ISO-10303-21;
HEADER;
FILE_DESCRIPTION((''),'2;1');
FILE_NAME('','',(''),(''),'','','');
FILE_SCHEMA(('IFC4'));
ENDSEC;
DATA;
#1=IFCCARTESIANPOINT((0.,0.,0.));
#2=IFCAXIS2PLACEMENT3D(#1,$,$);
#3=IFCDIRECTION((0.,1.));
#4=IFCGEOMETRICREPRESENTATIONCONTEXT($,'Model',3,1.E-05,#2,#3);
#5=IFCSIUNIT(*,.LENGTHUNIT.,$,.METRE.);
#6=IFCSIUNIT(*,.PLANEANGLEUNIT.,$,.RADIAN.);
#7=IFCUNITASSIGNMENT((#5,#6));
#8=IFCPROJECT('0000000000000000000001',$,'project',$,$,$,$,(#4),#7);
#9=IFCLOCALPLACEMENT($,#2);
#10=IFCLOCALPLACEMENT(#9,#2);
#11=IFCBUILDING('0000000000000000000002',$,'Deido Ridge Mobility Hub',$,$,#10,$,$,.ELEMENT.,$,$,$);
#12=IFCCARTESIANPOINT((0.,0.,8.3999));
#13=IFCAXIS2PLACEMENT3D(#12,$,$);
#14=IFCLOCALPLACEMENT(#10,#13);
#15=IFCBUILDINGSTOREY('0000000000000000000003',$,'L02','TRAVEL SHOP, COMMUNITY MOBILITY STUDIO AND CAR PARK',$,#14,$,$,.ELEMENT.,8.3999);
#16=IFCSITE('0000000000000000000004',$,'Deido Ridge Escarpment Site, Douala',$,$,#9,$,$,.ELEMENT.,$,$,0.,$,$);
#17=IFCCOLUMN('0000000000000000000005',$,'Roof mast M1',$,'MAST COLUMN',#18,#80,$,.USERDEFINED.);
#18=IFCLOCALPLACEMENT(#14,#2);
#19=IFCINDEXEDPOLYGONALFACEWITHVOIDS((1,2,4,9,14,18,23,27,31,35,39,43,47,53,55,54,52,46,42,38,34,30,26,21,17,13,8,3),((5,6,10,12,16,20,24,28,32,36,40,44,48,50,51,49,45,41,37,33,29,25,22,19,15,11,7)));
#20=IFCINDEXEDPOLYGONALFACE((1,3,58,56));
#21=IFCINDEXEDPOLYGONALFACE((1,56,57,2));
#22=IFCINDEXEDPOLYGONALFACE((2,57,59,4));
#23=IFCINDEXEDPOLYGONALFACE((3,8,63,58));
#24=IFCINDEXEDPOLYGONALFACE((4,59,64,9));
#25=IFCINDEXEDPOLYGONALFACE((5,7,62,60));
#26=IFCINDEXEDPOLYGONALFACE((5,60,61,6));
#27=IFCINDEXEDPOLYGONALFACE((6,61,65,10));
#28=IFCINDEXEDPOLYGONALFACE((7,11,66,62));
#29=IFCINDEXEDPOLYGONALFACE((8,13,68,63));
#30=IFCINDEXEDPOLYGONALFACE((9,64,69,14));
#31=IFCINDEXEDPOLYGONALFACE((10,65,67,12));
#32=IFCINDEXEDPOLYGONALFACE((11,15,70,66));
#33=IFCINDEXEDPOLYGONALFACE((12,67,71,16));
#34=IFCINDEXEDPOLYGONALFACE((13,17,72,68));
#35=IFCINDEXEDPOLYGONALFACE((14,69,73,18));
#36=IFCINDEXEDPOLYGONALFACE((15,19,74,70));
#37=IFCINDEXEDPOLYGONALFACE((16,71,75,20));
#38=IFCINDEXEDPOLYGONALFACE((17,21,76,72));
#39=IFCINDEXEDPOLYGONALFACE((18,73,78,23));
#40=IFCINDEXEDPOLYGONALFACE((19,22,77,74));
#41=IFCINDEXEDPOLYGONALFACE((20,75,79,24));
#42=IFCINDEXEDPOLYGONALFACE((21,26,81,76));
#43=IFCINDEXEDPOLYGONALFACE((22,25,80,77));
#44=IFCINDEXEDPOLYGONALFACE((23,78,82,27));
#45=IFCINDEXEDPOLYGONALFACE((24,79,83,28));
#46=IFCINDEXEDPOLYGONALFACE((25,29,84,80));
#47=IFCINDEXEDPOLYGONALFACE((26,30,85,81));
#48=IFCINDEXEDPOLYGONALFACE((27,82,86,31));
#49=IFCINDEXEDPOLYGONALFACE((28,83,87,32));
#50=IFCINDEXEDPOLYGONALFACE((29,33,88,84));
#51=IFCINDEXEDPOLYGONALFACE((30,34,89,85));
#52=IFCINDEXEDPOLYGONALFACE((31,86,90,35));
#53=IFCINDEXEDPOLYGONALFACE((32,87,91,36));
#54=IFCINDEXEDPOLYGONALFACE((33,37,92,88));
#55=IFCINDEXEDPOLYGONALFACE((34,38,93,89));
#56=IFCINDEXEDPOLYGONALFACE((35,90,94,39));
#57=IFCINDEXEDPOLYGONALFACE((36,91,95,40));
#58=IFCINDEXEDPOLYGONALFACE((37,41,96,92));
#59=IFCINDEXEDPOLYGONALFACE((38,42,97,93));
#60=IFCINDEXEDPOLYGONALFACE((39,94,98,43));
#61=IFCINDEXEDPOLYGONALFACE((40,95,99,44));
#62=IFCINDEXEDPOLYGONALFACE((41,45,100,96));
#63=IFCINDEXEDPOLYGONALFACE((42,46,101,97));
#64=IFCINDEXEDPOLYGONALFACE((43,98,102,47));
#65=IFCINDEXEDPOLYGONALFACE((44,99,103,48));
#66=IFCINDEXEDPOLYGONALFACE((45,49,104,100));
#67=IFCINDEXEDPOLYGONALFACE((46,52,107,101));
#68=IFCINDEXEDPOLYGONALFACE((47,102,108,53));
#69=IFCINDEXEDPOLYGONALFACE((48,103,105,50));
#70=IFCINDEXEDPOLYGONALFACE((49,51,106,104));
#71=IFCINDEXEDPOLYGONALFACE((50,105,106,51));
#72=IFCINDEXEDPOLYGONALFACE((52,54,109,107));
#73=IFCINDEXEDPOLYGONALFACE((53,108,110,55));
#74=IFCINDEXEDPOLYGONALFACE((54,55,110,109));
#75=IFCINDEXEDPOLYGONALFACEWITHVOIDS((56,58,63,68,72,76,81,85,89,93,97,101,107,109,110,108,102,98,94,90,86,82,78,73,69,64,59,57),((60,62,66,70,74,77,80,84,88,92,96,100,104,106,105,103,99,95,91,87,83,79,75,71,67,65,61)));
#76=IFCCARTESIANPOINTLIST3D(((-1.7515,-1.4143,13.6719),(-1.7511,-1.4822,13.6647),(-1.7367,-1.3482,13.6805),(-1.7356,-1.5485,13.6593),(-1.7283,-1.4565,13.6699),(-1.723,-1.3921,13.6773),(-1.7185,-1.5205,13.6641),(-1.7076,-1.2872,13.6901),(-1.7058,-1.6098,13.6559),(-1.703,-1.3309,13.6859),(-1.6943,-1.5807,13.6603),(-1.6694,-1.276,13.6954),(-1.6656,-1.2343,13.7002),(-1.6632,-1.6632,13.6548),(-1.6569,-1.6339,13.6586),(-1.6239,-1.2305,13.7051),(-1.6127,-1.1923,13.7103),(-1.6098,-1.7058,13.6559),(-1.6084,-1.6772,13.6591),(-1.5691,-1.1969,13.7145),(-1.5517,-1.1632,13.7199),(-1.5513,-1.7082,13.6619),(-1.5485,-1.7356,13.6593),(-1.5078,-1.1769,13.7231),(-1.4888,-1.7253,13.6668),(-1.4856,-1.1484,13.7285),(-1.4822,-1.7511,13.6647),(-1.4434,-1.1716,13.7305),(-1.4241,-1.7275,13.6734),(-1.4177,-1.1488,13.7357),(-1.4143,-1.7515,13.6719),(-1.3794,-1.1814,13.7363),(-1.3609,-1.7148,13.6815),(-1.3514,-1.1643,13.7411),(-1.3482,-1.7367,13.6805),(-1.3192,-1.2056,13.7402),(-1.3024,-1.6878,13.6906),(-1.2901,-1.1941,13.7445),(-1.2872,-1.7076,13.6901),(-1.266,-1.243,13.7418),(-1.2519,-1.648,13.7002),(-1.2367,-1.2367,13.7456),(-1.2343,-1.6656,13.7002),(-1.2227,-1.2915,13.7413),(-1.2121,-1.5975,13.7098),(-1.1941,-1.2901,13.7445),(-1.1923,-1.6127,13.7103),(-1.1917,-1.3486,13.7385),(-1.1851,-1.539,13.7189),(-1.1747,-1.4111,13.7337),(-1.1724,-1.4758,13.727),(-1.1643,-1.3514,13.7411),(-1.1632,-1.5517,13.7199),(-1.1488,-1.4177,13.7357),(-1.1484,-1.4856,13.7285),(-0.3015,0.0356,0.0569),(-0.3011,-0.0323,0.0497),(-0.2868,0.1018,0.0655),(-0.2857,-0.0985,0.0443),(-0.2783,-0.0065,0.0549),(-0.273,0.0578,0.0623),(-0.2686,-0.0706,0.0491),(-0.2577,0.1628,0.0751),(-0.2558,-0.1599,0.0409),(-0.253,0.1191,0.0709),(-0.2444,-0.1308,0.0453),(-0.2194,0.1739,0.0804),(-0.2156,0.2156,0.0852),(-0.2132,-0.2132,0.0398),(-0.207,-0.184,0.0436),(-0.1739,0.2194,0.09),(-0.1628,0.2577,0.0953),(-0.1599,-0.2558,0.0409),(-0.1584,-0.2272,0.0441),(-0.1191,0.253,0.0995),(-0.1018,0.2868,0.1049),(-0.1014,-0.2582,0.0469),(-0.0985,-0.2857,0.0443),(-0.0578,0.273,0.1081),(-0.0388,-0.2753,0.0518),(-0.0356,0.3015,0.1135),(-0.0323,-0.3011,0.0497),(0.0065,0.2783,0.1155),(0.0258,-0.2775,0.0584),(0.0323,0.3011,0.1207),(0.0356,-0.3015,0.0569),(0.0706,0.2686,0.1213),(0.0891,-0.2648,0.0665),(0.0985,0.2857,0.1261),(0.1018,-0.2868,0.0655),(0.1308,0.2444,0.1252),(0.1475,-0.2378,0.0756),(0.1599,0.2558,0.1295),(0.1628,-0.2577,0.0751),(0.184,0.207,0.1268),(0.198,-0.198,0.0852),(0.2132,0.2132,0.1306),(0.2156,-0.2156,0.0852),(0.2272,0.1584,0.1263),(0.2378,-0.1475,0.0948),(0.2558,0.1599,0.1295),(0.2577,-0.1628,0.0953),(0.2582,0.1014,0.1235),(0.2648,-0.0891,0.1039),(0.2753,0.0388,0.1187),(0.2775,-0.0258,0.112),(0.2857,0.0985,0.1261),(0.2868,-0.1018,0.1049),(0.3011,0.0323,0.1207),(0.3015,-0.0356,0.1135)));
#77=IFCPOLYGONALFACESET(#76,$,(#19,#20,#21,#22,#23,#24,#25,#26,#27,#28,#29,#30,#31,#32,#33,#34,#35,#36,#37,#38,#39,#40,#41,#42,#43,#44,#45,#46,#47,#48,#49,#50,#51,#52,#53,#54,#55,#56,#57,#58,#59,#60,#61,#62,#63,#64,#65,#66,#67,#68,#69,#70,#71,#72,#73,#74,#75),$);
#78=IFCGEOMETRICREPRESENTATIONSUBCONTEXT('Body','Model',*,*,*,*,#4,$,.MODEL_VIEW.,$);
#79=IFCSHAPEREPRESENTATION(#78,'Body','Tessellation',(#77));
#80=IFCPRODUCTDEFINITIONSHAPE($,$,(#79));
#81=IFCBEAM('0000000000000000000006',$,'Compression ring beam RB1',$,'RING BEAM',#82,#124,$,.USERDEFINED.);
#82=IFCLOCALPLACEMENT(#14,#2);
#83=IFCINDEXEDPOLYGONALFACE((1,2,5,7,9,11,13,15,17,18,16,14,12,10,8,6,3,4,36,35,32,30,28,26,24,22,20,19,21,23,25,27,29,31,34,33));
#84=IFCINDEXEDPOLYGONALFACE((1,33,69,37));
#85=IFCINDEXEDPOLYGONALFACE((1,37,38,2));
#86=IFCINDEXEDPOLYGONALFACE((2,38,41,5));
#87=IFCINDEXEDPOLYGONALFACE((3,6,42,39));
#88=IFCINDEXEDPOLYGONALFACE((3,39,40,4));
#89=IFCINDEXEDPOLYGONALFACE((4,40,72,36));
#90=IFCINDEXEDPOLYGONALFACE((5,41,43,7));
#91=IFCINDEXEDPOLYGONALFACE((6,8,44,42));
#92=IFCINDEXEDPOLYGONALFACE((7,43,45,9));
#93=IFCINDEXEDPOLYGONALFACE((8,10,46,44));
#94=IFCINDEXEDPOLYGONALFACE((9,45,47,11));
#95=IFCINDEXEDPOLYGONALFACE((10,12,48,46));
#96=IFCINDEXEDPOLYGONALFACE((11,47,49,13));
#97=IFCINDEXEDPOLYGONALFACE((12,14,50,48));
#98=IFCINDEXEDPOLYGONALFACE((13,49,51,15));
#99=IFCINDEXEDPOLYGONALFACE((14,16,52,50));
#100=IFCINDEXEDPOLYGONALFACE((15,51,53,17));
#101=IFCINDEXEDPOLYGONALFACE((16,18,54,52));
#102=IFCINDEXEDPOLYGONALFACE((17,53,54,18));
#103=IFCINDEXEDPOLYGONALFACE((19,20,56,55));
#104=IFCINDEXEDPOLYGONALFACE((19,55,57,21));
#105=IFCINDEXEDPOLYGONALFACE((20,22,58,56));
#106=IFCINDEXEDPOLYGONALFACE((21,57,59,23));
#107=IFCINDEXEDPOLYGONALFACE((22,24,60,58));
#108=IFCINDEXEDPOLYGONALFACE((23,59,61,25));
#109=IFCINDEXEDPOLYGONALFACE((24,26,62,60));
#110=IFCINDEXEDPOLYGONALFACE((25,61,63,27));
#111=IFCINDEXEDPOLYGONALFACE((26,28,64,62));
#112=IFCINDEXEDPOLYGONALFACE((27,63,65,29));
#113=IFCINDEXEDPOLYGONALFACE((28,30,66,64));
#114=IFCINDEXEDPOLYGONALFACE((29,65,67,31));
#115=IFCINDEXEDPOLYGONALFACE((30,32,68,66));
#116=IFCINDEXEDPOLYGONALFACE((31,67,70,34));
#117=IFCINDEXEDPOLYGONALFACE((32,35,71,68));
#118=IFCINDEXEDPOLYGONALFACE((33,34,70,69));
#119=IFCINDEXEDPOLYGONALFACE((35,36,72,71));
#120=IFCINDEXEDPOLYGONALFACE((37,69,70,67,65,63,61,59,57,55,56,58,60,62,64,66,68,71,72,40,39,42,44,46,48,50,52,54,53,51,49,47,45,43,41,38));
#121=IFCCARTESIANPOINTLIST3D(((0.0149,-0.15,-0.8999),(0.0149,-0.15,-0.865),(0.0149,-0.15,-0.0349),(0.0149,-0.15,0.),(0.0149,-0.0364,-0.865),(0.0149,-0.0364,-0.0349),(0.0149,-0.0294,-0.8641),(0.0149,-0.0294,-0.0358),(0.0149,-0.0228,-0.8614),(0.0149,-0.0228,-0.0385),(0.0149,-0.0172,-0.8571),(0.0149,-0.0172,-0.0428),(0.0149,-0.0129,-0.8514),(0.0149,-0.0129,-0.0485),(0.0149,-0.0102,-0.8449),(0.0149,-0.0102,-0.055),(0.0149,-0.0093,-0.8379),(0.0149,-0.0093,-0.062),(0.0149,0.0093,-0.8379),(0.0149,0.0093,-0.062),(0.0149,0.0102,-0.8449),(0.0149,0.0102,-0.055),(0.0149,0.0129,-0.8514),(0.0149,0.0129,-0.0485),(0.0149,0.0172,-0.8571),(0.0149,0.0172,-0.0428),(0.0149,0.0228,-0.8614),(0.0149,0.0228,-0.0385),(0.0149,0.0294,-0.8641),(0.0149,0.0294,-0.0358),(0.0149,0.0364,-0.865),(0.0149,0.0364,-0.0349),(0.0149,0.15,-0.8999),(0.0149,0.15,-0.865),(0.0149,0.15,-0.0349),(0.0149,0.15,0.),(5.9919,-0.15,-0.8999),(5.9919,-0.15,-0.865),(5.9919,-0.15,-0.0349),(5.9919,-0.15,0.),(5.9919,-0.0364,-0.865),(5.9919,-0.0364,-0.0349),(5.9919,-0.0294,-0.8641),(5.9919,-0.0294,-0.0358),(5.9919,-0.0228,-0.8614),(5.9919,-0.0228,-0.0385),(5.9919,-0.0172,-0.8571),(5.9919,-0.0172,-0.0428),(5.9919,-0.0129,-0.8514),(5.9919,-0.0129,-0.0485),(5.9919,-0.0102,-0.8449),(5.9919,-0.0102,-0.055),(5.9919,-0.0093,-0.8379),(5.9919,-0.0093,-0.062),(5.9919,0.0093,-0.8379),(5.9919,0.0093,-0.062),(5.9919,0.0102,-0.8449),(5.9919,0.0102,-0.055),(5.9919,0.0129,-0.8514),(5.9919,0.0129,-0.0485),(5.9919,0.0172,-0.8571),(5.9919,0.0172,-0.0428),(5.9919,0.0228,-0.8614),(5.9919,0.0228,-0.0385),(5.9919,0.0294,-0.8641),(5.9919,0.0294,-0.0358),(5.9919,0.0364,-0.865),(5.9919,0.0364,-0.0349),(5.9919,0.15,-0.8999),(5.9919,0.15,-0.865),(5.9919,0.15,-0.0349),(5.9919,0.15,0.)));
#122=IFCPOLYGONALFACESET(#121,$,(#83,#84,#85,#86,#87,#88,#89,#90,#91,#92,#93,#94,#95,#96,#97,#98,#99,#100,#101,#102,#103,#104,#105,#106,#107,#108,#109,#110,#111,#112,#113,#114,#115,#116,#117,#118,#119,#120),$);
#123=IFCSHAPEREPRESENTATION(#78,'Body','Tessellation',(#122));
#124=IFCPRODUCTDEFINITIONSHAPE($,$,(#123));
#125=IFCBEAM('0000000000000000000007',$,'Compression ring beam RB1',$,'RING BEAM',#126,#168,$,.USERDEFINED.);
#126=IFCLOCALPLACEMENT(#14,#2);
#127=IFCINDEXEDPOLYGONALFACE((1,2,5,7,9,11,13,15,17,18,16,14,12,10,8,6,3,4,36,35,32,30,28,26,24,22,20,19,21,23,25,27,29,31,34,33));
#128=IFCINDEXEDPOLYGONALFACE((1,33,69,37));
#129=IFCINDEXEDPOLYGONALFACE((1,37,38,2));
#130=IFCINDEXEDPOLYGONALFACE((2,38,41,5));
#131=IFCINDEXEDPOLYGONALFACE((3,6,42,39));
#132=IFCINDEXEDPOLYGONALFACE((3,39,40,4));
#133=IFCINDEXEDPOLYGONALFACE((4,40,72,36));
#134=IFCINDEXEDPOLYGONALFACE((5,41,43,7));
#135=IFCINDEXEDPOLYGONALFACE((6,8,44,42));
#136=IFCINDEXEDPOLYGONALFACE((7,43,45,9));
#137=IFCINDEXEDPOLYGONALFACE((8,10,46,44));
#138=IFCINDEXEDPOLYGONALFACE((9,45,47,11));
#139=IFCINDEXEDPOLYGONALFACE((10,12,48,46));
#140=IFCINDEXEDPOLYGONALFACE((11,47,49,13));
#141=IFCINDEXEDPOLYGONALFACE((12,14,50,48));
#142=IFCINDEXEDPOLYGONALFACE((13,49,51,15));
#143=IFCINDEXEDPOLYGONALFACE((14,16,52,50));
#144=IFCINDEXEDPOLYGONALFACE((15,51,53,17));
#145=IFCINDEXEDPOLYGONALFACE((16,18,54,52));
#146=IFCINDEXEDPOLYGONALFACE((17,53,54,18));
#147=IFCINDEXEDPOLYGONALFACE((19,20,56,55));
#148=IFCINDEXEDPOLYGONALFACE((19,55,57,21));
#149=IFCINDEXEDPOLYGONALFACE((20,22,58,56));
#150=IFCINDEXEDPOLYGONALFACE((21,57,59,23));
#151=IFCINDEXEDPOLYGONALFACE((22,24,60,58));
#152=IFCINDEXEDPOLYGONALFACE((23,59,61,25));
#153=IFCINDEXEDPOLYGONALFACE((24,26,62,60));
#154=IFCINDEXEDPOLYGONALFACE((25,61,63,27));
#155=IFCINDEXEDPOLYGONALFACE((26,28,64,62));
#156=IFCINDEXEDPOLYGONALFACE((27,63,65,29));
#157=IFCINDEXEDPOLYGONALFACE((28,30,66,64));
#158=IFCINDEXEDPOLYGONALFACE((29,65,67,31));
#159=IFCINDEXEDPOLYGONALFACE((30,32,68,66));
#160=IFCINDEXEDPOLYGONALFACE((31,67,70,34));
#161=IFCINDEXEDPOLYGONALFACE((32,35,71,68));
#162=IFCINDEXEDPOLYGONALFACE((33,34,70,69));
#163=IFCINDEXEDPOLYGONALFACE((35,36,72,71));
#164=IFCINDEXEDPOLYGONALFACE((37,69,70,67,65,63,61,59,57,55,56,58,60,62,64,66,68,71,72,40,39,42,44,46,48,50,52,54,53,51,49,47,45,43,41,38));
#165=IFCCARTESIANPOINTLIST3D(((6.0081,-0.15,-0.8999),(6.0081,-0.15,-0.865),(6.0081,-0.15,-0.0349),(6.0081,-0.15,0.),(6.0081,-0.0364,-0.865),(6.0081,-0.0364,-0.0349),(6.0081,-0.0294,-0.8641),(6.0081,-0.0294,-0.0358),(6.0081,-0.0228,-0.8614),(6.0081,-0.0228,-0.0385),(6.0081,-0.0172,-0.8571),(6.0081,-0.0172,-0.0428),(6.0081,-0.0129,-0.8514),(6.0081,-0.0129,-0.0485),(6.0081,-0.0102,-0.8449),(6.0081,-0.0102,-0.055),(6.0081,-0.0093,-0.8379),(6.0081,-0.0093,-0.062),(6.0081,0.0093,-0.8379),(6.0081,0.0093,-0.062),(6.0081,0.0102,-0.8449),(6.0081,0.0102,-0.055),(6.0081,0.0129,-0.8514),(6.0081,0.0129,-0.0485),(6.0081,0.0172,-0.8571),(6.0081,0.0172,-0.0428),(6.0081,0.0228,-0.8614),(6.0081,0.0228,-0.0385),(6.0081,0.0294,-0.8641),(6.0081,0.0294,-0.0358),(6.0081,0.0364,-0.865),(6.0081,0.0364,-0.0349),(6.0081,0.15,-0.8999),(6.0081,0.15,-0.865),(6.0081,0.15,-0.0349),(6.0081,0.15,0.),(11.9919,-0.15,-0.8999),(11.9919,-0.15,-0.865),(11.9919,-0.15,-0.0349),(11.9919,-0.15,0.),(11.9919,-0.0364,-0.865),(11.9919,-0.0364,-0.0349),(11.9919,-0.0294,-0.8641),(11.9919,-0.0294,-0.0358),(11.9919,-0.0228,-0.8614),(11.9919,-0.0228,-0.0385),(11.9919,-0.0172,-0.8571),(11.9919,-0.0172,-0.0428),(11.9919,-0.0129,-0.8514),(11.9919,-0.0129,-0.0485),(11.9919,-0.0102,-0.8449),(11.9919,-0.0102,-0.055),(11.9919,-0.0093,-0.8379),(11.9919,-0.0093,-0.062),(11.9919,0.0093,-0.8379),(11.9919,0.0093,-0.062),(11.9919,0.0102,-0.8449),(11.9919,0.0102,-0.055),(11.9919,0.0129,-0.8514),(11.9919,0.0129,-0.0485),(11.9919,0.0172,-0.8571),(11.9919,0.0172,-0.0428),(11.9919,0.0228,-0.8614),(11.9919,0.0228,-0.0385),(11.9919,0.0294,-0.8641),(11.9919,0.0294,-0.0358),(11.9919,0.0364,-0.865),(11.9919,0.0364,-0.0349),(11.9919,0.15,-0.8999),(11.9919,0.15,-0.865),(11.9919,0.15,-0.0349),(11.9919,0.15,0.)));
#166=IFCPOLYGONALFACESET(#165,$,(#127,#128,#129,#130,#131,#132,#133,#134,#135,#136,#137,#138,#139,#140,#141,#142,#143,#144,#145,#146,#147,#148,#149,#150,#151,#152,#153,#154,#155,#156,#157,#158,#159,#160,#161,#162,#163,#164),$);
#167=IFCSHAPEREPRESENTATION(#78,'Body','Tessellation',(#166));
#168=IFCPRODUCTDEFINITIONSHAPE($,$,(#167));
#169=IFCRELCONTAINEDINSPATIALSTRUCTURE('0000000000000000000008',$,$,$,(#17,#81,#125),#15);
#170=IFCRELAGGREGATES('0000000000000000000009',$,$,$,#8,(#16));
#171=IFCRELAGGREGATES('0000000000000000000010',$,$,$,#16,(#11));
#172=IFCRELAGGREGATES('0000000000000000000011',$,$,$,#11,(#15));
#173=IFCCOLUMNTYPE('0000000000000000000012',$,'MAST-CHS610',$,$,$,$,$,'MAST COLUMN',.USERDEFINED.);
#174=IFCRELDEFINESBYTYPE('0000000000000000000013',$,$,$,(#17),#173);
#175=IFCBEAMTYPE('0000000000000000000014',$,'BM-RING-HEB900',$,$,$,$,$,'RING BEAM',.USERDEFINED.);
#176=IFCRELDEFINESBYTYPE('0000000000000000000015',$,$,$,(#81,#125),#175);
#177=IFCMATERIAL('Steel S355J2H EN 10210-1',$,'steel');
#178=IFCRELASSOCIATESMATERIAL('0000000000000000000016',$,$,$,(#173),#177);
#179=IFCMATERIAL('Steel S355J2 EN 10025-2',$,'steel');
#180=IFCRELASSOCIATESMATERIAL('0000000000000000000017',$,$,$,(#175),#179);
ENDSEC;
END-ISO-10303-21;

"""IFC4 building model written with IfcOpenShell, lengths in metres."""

from ifc_helpers import new_model, si_unit, direction, frame, origin, origin_2d, place, context, subcontext, project, spatial, hollow_circle, i_section, extrude, material, material_profile, profile_set, type_object, element, save


model = new_model("IFC4")

# Units and contexts
model_context = context("Model", 3, precision=1e-05, world=origin(), true_north=direction((0.0, 1.0)))
body_context = subcontext(model_context, "Body", "Model", "MODEL_VIEW")
ifc_project = project(units=[si_unit("LENGTHUNIT", "METRE"), si_unit("PLANEANGLEUNIT", "RADIAN")], contexts=[model_context])

# Site, building, storey
site_placement = place(None, origin())
site = spatial("IfcSite", under=ifc_project, at=site_placement, Name="Deido Ridge Escarpment Site, Douala", CompositionType="ELEMENT", RefElevation=0.0)
building_placement = place(site_placement, origin())
building = spatial("IfcBuilding", under=site, at=building_placement, Name="Deido Ridge Mobility Hub", CompositionType="ELEMENT")
storey_placement = place(building_placement, frame((0.0, 0.0, 8.3999)))
storey = spatial("IfcBuildingStorey", under=building, at=storey_placement, Name="L02", Description="TRAVEL SHOP, COMMUNITY MOBILITY STUDIO AND CAR PARK", CompositionType="ELEMENT", Elevation=8.3999)

# Column
ifc_material_1 = material(Name="Steel S355J2H EN 10210-1", Category="steel")
ifc_material_profile_1 = material_profile(ifc_material_1, hollow_circle(Radius=0.3049, WallThickness=0.0249, at=origin_2d()), Name="CHS 610x25")
ifc_profile_set_1 = profile_set([ifc_material_profile_1], Name="Steel S355J2H EN 10210-1")
column_type = type_object("IfcColumnType", Name="MAST-CHS610", ElementType="MAST COLUMN", PredefinedType="USERDEFINED", material=ifc_profile_set_1)
column_placement = place(storey_placement, frame((0.0, 0.0, 0.0852), z_axis=(-0.105309, -0.105309, 0.988848), x_axis=(0.707107, -0.707107, 0.0)))
element("IfcColumn", 1, at=column_placement, inside=storey, type_object=column_type, Name="Roof mast M1", ObjectType="MAST COLUMN", PredefinedType="USERDEFINED", context=body_context, shape_type="SweptSolid", body=[
    extrude(hollow_circle(Radius=0.3049, WallThickness=0.0249, at=origin_2d()), origin(), (0.0, 0.0, 1.0), 13.7686),
])

# Beams
ifc_material_2 = material(Name="Steel S355J2 EN 10025-2", Category="steel")
ifc_material_profile_2 = material_profile(ifc_material_2, i_section(OverallWidth=0.3, OverallDepth=0.8999, WebThickness=0.0186, FlangeThickness=0.0349, FilletRadius=0.0271, at=origin_2d()), Name="HEB 900")
ifc_profile_set_2 = profile_set([ifc_material_profile_2], Name="Steel S355J2 EN 10025-2")
beam_type_1 = type_object("IfcBeamType", Name="BM-RING-HEB900", ElementType="RING BEAM", PredefinedType="USERDEFINED", material=ifc_profile_set_2)
beam_1_placement = place(storey_placement, frame((0.0149, 0.0, -0.45), z_axis=(1.0, 0.0, 0.0), x_axis=(0.0, 1.0, 0.0)))
element("IfcBeam", 2, at=beam_1_placement, inside=storey, type_object=beam_type_1, Name="Compression ring beam RB1", ObjectType="RING BEAM", PredefinedType="USERDEFINED", context=body_context, shape_type="SweptSolid", body=[
    extrude(i_section(OverallWidth=0.3, OverallDepth=0.8999, WebThickness=0.0186, FlangeThickness=0.0349, FilletRadius=0.0271, at=origin_2d()), origin(), (0.0, 0.0, 1.0), 5.9771),
])
beam_2_placement = place(storey_placement, frame((6.0081, 0.0, -0.45), z_axis=(1.0, 0.0, 0.0), x_axis=(0.0, 1.0, 0.0)))
element("IfcBeam", 3, at=beam_2_placement, inside=storey, type_object=beam_type_1, Name="Compression ring beam RB1", ObjectType="RING BEAM", PredefinedType="USERDEFINED", context=body_context, shape_type="SweptSolid", body=[
    extrude(i_section(OverallWidth=0.3, OverallDepth=0.8999, WebThickness=0.0186, FlangeThickness=0.0349, FilletRadius=0.0271, at=origin_2d()), origin(), (0.0, 0.0, 1.0), 5.9839),
])

save(model, "model.ifc")
